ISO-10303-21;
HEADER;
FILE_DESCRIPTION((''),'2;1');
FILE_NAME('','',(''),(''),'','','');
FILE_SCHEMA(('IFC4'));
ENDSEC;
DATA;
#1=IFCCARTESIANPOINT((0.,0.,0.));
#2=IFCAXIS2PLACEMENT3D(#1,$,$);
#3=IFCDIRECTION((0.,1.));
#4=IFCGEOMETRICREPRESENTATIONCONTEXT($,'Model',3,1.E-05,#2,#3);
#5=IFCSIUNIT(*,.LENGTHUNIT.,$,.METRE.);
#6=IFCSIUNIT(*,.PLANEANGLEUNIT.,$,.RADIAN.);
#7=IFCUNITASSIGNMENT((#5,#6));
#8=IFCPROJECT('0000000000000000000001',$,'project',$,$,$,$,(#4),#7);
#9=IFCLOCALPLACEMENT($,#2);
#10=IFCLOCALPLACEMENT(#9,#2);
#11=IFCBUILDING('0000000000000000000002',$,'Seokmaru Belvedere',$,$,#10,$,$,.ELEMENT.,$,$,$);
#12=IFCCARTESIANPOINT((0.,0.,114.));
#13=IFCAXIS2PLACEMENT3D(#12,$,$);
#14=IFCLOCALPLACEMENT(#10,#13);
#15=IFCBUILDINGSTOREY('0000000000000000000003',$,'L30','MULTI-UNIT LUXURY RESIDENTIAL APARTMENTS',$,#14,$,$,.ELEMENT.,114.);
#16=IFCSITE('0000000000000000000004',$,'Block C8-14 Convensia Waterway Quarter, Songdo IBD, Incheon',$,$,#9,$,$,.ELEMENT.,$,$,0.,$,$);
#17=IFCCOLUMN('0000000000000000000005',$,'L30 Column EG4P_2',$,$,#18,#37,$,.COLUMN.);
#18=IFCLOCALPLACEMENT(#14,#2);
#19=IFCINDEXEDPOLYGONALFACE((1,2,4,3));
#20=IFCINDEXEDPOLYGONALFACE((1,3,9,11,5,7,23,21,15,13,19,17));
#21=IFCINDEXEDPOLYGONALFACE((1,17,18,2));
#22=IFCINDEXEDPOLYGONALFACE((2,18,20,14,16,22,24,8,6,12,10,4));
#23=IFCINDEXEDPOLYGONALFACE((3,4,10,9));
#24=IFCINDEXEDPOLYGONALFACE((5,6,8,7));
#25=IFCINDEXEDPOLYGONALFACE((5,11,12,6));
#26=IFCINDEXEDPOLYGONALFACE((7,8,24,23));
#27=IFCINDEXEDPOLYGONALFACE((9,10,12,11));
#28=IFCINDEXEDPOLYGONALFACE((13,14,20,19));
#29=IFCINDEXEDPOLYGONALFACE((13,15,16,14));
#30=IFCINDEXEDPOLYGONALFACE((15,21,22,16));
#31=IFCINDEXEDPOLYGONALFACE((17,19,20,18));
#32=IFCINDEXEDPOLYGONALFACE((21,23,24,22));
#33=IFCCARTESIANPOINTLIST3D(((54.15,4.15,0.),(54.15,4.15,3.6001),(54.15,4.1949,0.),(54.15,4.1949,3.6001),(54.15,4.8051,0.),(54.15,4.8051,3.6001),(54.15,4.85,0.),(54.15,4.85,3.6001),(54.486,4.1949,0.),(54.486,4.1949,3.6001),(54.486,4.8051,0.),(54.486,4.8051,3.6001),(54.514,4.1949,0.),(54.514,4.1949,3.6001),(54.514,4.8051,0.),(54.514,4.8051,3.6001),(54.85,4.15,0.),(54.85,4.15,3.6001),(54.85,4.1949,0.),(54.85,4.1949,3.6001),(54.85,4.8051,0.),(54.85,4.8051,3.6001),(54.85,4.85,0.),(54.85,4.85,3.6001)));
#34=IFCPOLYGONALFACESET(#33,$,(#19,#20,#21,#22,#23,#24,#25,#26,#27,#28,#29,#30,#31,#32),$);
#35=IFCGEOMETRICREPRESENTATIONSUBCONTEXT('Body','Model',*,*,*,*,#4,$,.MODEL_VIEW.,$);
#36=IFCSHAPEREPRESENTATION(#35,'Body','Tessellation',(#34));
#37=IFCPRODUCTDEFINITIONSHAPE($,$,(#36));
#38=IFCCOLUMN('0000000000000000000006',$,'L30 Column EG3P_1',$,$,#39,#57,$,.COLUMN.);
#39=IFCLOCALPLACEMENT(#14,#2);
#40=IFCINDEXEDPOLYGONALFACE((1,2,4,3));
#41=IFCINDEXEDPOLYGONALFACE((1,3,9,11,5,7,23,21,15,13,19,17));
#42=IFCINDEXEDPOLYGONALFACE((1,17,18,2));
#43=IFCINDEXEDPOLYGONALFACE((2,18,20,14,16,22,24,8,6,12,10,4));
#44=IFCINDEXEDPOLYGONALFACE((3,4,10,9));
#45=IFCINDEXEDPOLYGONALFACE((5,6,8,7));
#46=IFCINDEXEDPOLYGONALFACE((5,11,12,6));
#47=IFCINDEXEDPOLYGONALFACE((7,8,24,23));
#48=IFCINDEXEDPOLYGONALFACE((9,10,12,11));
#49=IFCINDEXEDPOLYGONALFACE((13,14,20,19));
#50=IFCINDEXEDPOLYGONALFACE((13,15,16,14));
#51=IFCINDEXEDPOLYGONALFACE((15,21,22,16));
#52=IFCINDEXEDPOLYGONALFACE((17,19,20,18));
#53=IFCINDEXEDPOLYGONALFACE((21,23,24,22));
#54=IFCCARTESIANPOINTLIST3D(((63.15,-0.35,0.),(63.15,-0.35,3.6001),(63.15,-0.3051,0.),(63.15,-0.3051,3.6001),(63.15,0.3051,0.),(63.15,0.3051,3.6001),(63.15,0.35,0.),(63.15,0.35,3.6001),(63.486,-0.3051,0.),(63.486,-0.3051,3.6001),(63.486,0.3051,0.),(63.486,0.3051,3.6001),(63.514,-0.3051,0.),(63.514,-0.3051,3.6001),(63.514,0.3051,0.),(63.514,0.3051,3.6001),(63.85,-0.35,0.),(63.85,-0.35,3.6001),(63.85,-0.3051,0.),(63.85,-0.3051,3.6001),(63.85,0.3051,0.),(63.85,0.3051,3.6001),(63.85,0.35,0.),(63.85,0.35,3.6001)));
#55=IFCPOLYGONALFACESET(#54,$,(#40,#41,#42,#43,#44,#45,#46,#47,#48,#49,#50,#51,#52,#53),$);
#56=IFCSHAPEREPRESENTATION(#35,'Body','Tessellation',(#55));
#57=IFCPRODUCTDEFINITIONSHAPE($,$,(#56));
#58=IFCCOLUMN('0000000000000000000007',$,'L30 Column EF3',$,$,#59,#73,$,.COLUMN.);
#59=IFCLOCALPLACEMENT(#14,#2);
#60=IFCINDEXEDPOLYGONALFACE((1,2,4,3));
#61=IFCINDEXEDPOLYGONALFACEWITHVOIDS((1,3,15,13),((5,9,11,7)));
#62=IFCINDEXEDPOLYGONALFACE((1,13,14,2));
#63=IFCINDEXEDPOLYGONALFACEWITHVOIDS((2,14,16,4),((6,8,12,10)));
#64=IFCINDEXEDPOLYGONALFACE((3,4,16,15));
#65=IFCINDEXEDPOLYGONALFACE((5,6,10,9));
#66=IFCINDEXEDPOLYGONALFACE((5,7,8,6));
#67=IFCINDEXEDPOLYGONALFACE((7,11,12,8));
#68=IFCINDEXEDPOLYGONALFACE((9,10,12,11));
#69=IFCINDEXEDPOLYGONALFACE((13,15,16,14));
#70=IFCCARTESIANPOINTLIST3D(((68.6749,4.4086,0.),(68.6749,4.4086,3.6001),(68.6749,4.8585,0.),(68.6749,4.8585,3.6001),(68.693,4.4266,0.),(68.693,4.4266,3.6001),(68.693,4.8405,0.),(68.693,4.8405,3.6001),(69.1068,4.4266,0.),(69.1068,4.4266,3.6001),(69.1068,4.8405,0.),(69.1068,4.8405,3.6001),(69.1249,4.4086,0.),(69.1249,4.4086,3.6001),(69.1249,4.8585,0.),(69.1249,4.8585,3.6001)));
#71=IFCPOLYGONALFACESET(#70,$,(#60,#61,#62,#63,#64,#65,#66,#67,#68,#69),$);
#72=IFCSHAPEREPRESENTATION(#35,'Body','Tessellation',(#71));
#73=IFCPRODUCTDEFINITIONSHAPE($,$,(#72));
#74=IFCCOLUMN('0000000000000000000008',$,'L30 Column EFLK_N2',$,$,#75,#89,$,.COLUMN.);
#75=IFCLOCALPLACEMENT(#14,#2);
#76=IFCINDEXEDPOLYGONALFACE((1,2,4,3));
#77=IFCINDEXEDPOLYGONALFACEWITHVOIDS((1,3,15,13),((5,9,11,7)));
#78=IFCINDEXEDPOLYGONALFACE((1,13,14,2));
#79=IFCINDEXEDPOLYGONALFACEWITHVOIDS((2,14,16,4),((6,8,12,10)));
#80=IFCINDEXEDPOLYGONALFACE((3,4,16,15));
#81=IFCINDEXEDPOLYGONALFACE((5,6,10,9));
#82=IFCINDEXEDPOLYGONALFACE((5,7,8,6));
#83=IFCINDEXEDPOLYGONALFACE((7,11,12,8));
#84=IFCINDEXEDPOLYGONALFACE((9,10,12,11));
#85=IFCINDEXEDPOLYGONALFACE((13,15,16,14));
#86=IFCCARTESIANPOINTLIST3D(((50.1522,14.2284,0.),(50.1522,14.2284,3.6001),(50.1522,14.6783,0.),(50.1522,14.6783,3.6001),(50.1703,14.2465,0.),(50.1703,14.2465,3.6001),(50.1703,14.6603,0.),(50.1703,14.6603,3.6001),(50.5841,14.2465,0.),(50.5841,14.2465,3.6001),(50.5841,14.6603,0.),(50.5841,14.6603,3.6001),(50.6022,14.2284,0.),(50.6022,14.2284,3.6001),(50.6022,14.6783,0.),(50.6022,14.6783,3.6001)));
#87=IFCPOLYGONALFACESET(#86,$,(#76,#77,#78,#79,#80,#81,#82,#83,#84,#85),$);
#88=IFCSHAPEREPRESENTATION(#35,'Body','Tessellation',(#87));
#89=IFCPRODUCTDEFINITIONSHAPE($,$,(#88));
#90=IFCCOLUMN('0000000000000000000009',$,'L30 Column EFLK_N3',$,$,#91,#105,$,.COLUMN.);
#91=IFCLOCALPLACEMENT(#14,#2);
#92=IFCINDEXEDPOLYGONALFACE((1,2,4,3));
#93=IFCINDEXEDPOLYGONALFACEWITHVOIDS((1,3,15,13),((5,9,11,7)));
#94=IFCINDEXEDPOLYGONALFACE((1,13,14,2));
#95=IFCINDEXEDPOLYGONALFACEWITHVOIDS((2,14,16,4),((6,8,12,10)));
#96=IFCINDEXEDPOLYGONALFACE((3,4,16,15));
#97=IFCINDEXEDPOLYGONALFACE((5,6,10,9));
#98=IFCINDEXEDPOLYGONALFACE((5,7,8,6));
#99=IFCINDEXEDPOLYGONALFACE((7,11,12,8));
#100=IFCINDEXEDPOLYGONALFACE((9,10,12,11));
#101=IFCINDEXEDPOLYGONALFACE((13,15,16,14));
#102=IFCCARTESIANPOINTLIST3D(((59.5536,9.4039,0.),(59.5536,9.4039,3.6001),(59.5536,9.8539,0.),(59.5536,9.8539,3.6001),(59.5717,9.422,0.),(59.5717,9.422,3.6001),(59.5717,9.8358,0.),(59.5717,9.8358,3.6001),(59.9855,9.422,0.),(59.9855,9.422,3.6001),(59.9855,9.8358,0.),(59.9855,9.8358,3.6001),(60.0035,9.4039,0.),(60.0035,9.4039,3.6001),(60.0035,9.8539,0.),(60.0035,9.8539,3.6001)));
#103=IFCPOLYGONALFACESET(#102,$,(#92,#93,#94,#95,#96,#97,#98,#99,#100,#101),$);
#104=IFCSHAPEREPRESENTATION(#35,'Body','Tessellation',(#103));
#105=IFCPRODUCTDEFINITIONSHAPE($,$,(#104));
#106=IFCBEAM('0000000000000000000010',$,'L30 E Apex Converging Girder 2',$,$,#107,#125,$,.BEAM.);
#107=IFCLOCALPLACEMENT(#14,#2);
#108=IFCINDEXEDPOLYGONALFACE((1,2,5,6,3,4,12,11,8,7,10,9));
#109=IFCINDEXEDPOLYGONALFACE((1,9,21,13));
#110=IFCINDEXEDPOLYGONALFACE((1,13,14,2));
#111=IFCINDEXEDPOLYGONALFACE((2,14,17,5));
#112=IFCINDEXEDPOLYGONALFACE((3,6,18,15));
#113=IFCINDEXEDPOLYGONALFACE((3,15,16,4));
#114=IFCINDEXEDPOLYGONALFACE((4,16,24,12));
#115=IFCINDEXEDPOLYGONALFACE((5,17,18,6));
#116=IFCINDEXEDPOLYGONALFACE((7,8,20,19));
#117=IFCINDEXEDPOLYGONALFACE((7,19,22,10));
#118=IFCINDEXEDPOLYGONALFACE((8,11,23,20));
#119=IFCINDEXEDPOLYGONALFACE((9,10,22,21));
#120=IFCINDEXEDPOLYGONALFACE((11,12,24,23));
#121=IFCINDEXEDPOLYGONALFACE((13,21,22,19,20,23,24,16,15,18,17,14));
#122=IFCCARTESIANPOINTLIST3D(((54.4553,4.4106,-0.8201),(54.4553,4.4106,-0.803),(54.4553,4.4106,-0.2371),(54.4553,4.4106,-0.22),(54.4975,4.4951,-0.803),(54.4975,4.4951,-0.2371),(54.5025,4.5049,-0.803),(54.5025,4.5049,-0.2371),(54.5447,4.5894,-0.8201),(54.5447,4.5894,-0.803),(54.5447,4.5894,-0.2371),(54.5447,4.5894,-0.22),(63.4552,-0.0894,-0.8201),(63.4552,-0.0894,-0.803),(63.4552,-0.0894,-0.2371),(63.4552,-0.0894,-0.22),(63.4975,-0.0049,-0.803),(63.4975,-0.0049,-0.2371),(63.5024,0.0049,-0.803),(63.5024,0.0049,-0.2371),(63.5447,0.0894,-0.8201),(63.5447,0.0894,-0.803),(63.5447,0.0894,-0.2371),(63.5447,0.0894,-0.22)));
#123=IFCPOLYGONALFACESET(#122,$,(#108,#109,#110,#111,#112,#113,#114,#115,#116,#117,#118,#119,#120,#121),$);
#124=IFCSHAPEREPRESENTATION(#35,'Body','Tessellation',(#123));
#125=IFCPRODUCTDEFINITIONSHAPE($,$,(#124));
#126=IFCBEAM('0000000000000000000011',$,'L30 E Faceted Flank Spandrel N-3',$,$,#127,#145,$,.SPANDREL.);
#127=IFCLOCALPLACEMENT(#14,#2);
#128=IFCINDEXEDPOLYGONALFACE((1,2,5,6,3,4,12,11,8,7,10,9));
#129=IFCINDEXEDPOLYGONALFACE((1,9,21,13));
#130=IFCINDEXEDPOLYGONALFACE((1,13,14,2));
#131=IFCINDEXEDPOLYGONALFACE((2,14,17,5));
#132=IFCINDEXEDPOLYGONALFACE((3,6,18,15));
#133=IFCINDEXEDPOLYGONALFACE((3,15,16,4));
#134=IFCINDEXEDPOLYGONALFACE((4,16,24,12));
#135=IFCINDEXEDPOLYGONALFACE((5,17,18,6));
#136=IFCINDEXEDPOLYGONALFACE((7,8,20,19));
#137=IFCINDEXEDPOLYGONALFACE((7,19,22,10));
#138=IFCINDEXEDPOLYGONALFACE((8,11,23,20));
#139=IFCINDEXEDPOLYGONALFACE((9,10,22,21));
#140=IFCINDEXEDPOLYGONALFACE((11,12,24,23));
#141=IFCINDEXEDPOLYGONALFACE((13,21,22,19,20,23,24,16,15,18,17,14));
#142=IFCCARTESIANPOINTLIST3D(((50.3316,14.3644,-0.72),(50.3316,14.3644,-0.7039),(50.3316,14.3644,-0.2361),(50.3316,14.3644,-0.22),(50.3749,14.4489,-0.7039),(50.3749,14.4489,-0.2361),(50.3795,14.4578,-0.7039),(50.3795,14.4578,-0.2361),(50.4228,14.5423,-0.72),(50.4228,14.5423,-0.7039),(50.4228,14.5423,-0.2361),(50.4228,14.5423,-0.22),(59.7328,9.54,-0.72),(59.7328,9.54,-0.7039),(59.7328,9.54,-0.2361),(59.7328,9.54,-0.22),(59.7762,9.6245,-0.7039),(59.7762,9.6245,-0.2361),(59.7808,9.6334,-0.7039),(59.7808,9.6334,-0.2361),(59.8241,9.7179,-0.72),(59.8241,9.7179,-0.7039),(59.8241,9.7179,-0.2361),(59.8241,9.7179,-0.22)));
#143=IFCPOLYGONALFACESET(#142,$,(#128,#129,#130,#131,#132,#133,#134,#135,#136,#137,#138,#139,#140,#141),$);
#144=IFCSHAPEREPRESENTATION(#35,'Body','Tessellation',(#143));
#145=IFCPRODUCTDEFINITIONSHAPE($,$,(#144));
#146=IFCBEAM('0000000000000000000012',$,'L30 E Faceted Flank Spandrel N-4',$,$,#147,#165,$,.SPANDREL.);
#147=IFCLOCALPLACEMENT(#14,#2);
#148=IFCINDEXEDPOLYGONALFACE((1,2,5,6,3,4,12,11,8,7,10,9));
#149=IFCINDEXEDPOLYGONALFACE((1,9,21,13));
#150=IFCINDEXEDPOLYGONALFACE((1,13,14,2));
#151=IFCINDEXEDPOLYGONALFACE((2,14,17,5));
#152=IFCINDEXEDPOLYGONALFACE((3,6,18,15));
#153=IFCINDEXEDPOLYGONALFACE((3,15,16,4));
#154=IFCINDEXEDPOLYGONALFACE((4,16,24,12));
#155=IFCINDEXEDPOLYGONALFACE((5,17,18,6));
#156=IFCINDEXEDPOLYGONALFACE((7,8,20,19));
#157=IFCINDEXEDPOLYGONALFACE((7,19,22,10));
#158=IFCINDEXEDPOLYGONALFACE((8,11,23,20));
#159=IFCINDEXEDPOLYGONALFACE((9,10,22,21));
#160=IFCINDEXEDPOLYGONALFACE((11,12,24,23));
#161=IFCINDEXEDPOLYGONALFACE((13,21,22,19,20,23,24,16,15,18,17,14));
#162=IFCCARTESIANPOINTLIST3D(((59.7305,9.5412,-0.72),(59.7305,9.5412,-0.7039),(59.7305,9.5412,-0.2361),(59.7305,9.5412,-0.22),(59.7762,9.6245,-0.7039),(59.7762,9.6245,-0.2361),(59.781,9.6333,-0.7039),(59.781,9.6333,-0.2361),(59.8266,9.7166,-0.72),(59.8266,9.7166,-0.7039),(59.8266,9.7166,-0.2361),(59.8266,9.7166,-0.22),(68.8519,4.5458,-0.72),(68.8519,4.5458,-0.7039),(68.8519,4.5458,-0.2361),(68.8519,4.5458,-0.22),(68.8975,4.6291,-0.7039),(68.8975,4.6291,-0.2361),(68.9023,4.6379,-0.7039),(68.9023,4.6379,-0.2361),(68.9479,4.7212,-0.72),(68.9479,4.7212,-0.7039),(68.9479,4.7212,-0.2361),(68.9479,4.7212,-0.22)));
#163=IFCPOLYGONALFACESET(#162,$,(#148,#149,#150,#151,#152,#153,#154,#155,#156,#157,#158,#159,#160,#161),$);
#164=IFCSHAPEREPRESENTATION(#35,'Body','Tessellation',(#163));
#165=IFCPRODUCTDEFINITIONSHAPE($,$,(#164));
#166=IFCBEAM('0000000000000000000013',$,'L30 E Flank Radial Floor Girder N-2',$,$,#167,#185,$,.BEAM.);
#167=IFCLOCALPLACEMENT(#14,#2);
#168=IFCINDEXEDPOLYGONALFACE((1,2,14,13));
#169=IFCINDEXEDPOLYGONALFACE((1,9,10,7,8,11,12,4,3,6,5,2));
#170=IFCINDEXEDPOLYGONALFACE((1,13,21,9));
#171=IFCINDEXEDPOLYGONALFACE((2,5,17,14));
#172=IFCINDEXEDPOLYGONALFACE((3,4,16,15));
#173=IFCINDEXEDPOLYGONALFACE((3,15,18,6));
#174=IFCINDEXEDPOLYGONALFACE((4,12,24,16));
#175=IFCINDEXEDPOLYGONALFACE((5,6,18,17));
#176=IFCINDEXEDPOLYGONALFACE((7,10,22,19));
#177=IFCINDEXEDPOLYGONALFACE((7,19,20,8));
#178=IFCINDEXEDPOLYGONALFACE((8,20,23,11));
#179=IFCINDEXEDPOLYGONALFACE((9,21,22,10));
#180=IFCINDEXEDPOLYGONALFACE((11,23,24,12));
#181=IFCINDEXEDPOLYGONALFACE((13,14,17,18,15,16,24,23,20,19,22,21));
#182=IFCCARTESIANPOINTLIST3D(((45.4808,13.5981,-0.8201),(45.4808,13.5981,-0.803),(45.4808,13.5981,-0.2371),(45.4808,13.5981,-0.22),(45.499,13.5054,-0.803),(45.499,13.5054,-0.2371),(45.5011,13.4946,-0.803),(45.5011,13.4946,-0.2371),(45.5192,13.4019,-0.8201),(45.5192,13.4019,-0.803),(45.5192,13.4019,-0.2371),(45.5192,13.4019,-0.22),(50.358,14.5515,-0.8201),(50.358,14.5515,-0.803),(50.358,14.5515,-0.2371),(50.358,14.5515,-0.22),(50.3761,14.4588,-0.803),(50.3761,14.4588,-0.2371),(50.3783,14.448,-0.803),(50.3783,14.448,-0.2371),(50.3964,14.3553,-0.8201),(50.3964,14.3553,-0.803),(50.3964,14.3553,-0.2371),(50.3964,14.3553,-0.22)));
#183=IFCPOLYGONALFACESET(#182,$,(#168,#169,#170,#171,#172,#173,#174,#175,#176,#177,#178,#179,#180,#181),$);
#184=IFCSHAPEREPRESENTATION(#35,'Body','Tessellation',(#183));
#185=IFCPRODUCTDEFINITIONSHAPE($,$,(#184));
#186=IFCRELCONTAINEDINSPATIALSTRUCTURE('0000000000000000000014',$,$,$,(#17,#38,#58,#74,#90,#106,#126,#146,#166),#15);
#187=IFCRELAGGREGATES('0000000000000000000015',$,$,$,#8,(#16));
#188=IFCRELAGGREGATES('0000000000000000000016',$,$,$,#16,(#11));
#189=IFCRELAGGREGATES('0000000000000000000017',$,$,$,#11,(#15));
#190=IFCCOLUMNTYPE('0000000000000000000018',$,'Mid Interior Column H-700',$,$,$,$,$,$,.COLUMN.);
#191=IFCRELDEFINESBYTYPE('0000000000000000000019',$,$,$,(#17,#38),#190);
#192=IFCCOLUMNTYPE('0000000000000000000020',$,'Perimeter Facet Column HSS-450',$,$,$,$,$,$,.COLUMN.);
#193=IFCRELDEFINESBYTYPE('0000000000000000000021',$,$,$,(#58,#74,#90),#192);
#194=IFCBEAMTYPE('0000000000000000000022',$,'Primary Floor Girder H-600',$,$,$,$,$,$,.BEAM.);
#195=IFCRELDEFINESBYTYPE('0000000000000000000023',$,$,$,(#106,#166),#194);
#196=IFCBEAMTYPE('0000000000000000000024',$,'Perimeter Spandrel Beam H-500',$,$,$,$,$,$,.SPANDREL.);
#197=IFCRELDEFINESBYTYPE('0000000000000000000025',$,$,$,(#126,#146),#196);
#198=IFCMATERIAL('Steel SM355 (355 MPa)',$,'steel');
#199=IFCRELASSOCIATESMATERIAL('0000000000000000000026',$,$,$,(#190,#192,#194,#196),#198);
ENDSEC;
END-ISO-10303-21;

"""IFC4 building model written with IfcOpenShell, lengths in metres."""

from ifc_helpers import new_model, si_unit, direction, frame, origin, origin_2d, place, context, subcontext, project, spatial, hollow_rectangle, i_section, extrude, source, transform, mapped, material, material_profile, profile_set, type_object, type_shapes, element, save


model = new_model("IFC4")

# Units and contexts
model_context = context("Model", 3, precision=1e-05, world=origin(), true_north=direction((0.0, 1.0)))
body_context = subcontext(model_context, "Body", "Model", "MODEL_VIEW")
ifc_project = project(units=[si_unit("LENGTHUNIT", "METRE"), si_unit("PLANEANGLEUNIT", "RADIAN")], contexts=[model_context])

# Site, building, storey
site_placement = place(None, origin())
site = spatial("IfcSite", under=ifc_project, at=site_placement, Name="Block C8-14 Convensia Waterway Quarter, Songdo IBD, Incheon", CompositionType="ELEMENT", RefElevation=0.0)
building_placement = place(site_placement, origin())
building = spatial("IfcBuilding", under=site, at=building_placement, Name="Seokmaru Belvedere", CompositionType="ELEMENT")
storey_placement = place(building_placement, frame((0.0, 0.0, 114.0)))
storey = spatial("IfcBuildingStorey", under=building, at=storey_placement, Name="L30", Description="MULTI-UNIT LUXURY RESIDENTIAL APARTMENTS", CompositionType="ELEMENT", Elevation=114.0)

# Columns
ifc_material_1 = material(Name="Steel SM355 (355 MPa)", Category="steel")
ifc_material_profile_1 = material_profile(ifc_material_1, i_section(OverallWidth=0.7, OverallDepth=0.7, WebThickness=0.0281, FlangeThickness=0.0449, at=origin_2d()), Name="H-700x700x28x45")
ifc_profile_set_1 = profile_set([ifc_material_profile_1], Name="Steel SM355 (355 MPa)")
column_type_1 = type_object("IfcColumnType", Name="Mid Interior Column H-700", PredefinedType="COLUMN", material=ifc_profile_set_1)
shared_shape_1 = source(origin(), body_context, "Body", "SweptSolid", [
    extrude(i_section(OverallWidth=0.7, OverallDepth=0.7, WebThickness=0.0281, FlangeThickness=0.0449, at=origin_2d()), origin(), (0.0, 0.0, 1.0), 3.6001),
])
type_shapes(column_type_1, [shared_shape_1])
for number, where, z_axis, x_axis, name in (
    (1, (54.5, 4.5, 0.0), (0.0, 0.0, 1.0), (1.0, 0.0, 0.0), "L30 Column EG4P_2"),
    (2, (63.5, 0.0, 0.0), (0.0, 0.0, 1.0), (1.0, 0.0, 0.0), "L30 Column EG3P_1"),
):
    element("IfcColumn", number, at=place(storey_placement, frame(where, z_axis=z_axis, x_axis=x_axis)), inside=storey, type_object=column_type_1, Name=name, PredefinedType="COLUMN", context=body_context, shape_type="MappedRepresentation", body=[
        mapped(shared_shape_1, transform((0.0, 0.0, 0.0), scale=1.0)),
    ])
ifc_material_profile_2 = material_profile(ifc_material_1, hollow_rectangle(XDim=0.45, YDim=0.45, WallThickness=0.0181, at=origin_2d()), Name="HSS-450x450x18")
ifc_profile_set_2 = profile_set([ifc_material_profile_2], Name="Steel SM355 (355 MPa)")
column_type_2 = type_object("IfcColumnType", Name="Perimeter Facet Column HSS-450", PredefinedType="COLUMN", material=ifc_profile_set_2)
shared_shape_2 = source(origin(), body_context, "Body", "SweptSolid", [
    extrude(hollow_rectangle(XDim=0.45, YDim=0.45, WallThickness=0.0181, at=origin_2d()), origin(), (0.0, 0.0, 1.0), 3.6001),
])
type_shapes(column_type_2, [shared_shape_2])
for number, where, z_axis, x_axis, name in (
    (3, (68.8999, 4.6335, 0.0), (0.0, 0.0, 1.0), (1.0, 0.0, 0.0), "L30 Column EF3"),
    (4, (50.3772, 14.4534, 0.0), (0.0, 0.0, 1.0), (1.0, 0.0, 0.0), "L30 Column EFLK_N2"),
    (5, (59.7786, 9.6289, 0.0), (0.0, 0.0, 1.0), (1.0, 0.0, 0.0), "L30 Column EFLK_N3"),
):
    element("IfcColumn", number, at=place(storey_placement, frame(where, z_axis=z_axis, x_axis=x_axis)), inside=storey, type_object=column_type_2, Name=name, PredefinedType="COLUMN", context=body_context, shape_type="MappedRepresentation", body=[
        mapped(shared_shape_2, transform((0.0, 0.0, 0.0), scale=1.0)),
    ])

# Beams
ifc_material_profile_3 = material_profile(ifc_material_1, i_section(OverallWidth=0.2, OverallDepth=0.6001, WebThickness=0.011, FlangeThickness=0.0171, at=origin_2d()), Name="H-600x200x11x17")
ifc_profile_set_3 = profile_set([ifc_material_profile_3], Name="Steel SM355 (355 MPa)")
beam_type_1 = type_object("IfcBeamType", Name="Primary Floor Girder H-600", PredefinedType="BEAM", material=ifc_profile_set_3)
shared_shape_3 = source(origin(), body_context, "Body", "SweptSolid", [
    extrude(i_section(OverallWidth=0.2, OverallDepth=0.6001, WebThickness=0.011, FlangeThickness=0.0171, at=origin_2d()), origin(), (0.0, 0.0, 1.0), 10.0623),
])
beam_1_placement = place(storey_placement, frame((54.5, 4.5, -0.52), z_axis=(0.894427, -0.447214, 0.0), x_axis=(0.447214, 0.894427, 0.0)))
element("IfcBeam", 6, at=beam_1_placement, inside=storey, type_object=beam_type_1, Name="L30 E Apex Converging Girder 2", PredefinedType="BEAM", context=body_context, shape_type="MappedRepresentation", body=[
    mapped(shared_shape_3, transform((0.0, 0.0, 0.0), scale=1.0)),
])
ifc_material_profile_4 = material_profile(ifc_material_1, i_section(OverallWidth=0.2, OverallDepth=0.5, WebThickness=0.01, FlangeThickness=0.0161, at=origin_2d()), Name="H-500x200x10x16")
ifc_profile_set_4 = profile_set([ifc_material_profile_4], Name="Steel SM355 (355 MPa)")
beam_type_2 = type_object("IfcBeamType", Name="Perimeter Spandrel Beam H-500", PredefinedType="SPANDREL", material=ifc_profile_set_4)
shared_shape_4 = source(origin(), body_context, "Body", "SweptSolid", [
    extrude(i_section(OverallWidth=0.2, OverallDepth=0.5, WebThickness=0.01, FlangeThickness=0.0161, at=origin_2d()), origin(), (0.0, 0.0, 1.0), 10.5669),
])
beam_2_placement = place(storey_placement, frame((50.3772, 14.4534, -0.47), z_axis=(0.889693, -0.45656, 0.0), x_axis=(0.45656, 0.889693, 0.0)))
element("IfcBeam", 7, at=beam_2_placement, inside=storey, type_object=beam_type_2, Name="L30 E Faceted Flank Spandrel N-3", PredefinedType="SPANDREL", context=body_context, shape_type="MappedRepresentation", body=[
    mapped(shared_shape_4, transform((0.0, 0.0, 0.0), scale=1.0)),
])
shared_shape_5 = source(origin(), body_context, "Body", "SweptSolid", [
    extrude(i_section(OverallWidth=0.2, OverallDepth=0.5, WebThickness=0.01, FlangeThickness=0.0161, at=origin_2d()), origin(), (0.0, 0.0, 1.0), 10.3997),
])
type_shapes(beam_type_2, [shared_shape_4, shared_shape_5])
beam_3_placement = place(storey_placement, frame((59.7786, 9.6289, -0.47), z_axis=(0.877082, -0.48034, 0.0), x_axis=(0.48034, 0.877082, 0.0)))
element("IfcBeam", 8, at=beam_3_placement, inside=storey, type_object=beam_type_2, Name="L30 E Faceted Flank Spandrel N-4", PredefinedType="SPANDREL", context=body_context, shape_type="MappedRepresentation", body=[
    mapped(shared_shape_5, transform((0.0, 0.0, 0.0), scale=1.0)),
])
shared_shape_6 = source(origin(), body_context, "Body", "SweptSolid", [
    extrude(i_section(OverallWidth=0.2, OverallDepth=0.6001, WebThickness=0.011, FlangeThickness=0.0171, at=origin_2d()), origin(), (0.0, 0.0, 1.0), 4.9695),
])
beam_4_placement = place(storey_placement, frame((50.3772, 14.4534, -0.52), z_axis=(-0.981425, -0.191844, 0.0), x_axis=(0.191844, -0.981425, 0.0)))
element("IfcBeam", 9, at=beam_4_placement, inside=storey, type_object=beam_type_1, Name="L30 E Flank Radial Floor Girder N-2", PredefinedType="BEAM", context=body_context, shape_type="MappedRepresentation", body=[
    mapped(shared_shape_6, transform((0.0, 0.0, 0.0), scale=1.0)),
])

save(model, "model.ifc")
